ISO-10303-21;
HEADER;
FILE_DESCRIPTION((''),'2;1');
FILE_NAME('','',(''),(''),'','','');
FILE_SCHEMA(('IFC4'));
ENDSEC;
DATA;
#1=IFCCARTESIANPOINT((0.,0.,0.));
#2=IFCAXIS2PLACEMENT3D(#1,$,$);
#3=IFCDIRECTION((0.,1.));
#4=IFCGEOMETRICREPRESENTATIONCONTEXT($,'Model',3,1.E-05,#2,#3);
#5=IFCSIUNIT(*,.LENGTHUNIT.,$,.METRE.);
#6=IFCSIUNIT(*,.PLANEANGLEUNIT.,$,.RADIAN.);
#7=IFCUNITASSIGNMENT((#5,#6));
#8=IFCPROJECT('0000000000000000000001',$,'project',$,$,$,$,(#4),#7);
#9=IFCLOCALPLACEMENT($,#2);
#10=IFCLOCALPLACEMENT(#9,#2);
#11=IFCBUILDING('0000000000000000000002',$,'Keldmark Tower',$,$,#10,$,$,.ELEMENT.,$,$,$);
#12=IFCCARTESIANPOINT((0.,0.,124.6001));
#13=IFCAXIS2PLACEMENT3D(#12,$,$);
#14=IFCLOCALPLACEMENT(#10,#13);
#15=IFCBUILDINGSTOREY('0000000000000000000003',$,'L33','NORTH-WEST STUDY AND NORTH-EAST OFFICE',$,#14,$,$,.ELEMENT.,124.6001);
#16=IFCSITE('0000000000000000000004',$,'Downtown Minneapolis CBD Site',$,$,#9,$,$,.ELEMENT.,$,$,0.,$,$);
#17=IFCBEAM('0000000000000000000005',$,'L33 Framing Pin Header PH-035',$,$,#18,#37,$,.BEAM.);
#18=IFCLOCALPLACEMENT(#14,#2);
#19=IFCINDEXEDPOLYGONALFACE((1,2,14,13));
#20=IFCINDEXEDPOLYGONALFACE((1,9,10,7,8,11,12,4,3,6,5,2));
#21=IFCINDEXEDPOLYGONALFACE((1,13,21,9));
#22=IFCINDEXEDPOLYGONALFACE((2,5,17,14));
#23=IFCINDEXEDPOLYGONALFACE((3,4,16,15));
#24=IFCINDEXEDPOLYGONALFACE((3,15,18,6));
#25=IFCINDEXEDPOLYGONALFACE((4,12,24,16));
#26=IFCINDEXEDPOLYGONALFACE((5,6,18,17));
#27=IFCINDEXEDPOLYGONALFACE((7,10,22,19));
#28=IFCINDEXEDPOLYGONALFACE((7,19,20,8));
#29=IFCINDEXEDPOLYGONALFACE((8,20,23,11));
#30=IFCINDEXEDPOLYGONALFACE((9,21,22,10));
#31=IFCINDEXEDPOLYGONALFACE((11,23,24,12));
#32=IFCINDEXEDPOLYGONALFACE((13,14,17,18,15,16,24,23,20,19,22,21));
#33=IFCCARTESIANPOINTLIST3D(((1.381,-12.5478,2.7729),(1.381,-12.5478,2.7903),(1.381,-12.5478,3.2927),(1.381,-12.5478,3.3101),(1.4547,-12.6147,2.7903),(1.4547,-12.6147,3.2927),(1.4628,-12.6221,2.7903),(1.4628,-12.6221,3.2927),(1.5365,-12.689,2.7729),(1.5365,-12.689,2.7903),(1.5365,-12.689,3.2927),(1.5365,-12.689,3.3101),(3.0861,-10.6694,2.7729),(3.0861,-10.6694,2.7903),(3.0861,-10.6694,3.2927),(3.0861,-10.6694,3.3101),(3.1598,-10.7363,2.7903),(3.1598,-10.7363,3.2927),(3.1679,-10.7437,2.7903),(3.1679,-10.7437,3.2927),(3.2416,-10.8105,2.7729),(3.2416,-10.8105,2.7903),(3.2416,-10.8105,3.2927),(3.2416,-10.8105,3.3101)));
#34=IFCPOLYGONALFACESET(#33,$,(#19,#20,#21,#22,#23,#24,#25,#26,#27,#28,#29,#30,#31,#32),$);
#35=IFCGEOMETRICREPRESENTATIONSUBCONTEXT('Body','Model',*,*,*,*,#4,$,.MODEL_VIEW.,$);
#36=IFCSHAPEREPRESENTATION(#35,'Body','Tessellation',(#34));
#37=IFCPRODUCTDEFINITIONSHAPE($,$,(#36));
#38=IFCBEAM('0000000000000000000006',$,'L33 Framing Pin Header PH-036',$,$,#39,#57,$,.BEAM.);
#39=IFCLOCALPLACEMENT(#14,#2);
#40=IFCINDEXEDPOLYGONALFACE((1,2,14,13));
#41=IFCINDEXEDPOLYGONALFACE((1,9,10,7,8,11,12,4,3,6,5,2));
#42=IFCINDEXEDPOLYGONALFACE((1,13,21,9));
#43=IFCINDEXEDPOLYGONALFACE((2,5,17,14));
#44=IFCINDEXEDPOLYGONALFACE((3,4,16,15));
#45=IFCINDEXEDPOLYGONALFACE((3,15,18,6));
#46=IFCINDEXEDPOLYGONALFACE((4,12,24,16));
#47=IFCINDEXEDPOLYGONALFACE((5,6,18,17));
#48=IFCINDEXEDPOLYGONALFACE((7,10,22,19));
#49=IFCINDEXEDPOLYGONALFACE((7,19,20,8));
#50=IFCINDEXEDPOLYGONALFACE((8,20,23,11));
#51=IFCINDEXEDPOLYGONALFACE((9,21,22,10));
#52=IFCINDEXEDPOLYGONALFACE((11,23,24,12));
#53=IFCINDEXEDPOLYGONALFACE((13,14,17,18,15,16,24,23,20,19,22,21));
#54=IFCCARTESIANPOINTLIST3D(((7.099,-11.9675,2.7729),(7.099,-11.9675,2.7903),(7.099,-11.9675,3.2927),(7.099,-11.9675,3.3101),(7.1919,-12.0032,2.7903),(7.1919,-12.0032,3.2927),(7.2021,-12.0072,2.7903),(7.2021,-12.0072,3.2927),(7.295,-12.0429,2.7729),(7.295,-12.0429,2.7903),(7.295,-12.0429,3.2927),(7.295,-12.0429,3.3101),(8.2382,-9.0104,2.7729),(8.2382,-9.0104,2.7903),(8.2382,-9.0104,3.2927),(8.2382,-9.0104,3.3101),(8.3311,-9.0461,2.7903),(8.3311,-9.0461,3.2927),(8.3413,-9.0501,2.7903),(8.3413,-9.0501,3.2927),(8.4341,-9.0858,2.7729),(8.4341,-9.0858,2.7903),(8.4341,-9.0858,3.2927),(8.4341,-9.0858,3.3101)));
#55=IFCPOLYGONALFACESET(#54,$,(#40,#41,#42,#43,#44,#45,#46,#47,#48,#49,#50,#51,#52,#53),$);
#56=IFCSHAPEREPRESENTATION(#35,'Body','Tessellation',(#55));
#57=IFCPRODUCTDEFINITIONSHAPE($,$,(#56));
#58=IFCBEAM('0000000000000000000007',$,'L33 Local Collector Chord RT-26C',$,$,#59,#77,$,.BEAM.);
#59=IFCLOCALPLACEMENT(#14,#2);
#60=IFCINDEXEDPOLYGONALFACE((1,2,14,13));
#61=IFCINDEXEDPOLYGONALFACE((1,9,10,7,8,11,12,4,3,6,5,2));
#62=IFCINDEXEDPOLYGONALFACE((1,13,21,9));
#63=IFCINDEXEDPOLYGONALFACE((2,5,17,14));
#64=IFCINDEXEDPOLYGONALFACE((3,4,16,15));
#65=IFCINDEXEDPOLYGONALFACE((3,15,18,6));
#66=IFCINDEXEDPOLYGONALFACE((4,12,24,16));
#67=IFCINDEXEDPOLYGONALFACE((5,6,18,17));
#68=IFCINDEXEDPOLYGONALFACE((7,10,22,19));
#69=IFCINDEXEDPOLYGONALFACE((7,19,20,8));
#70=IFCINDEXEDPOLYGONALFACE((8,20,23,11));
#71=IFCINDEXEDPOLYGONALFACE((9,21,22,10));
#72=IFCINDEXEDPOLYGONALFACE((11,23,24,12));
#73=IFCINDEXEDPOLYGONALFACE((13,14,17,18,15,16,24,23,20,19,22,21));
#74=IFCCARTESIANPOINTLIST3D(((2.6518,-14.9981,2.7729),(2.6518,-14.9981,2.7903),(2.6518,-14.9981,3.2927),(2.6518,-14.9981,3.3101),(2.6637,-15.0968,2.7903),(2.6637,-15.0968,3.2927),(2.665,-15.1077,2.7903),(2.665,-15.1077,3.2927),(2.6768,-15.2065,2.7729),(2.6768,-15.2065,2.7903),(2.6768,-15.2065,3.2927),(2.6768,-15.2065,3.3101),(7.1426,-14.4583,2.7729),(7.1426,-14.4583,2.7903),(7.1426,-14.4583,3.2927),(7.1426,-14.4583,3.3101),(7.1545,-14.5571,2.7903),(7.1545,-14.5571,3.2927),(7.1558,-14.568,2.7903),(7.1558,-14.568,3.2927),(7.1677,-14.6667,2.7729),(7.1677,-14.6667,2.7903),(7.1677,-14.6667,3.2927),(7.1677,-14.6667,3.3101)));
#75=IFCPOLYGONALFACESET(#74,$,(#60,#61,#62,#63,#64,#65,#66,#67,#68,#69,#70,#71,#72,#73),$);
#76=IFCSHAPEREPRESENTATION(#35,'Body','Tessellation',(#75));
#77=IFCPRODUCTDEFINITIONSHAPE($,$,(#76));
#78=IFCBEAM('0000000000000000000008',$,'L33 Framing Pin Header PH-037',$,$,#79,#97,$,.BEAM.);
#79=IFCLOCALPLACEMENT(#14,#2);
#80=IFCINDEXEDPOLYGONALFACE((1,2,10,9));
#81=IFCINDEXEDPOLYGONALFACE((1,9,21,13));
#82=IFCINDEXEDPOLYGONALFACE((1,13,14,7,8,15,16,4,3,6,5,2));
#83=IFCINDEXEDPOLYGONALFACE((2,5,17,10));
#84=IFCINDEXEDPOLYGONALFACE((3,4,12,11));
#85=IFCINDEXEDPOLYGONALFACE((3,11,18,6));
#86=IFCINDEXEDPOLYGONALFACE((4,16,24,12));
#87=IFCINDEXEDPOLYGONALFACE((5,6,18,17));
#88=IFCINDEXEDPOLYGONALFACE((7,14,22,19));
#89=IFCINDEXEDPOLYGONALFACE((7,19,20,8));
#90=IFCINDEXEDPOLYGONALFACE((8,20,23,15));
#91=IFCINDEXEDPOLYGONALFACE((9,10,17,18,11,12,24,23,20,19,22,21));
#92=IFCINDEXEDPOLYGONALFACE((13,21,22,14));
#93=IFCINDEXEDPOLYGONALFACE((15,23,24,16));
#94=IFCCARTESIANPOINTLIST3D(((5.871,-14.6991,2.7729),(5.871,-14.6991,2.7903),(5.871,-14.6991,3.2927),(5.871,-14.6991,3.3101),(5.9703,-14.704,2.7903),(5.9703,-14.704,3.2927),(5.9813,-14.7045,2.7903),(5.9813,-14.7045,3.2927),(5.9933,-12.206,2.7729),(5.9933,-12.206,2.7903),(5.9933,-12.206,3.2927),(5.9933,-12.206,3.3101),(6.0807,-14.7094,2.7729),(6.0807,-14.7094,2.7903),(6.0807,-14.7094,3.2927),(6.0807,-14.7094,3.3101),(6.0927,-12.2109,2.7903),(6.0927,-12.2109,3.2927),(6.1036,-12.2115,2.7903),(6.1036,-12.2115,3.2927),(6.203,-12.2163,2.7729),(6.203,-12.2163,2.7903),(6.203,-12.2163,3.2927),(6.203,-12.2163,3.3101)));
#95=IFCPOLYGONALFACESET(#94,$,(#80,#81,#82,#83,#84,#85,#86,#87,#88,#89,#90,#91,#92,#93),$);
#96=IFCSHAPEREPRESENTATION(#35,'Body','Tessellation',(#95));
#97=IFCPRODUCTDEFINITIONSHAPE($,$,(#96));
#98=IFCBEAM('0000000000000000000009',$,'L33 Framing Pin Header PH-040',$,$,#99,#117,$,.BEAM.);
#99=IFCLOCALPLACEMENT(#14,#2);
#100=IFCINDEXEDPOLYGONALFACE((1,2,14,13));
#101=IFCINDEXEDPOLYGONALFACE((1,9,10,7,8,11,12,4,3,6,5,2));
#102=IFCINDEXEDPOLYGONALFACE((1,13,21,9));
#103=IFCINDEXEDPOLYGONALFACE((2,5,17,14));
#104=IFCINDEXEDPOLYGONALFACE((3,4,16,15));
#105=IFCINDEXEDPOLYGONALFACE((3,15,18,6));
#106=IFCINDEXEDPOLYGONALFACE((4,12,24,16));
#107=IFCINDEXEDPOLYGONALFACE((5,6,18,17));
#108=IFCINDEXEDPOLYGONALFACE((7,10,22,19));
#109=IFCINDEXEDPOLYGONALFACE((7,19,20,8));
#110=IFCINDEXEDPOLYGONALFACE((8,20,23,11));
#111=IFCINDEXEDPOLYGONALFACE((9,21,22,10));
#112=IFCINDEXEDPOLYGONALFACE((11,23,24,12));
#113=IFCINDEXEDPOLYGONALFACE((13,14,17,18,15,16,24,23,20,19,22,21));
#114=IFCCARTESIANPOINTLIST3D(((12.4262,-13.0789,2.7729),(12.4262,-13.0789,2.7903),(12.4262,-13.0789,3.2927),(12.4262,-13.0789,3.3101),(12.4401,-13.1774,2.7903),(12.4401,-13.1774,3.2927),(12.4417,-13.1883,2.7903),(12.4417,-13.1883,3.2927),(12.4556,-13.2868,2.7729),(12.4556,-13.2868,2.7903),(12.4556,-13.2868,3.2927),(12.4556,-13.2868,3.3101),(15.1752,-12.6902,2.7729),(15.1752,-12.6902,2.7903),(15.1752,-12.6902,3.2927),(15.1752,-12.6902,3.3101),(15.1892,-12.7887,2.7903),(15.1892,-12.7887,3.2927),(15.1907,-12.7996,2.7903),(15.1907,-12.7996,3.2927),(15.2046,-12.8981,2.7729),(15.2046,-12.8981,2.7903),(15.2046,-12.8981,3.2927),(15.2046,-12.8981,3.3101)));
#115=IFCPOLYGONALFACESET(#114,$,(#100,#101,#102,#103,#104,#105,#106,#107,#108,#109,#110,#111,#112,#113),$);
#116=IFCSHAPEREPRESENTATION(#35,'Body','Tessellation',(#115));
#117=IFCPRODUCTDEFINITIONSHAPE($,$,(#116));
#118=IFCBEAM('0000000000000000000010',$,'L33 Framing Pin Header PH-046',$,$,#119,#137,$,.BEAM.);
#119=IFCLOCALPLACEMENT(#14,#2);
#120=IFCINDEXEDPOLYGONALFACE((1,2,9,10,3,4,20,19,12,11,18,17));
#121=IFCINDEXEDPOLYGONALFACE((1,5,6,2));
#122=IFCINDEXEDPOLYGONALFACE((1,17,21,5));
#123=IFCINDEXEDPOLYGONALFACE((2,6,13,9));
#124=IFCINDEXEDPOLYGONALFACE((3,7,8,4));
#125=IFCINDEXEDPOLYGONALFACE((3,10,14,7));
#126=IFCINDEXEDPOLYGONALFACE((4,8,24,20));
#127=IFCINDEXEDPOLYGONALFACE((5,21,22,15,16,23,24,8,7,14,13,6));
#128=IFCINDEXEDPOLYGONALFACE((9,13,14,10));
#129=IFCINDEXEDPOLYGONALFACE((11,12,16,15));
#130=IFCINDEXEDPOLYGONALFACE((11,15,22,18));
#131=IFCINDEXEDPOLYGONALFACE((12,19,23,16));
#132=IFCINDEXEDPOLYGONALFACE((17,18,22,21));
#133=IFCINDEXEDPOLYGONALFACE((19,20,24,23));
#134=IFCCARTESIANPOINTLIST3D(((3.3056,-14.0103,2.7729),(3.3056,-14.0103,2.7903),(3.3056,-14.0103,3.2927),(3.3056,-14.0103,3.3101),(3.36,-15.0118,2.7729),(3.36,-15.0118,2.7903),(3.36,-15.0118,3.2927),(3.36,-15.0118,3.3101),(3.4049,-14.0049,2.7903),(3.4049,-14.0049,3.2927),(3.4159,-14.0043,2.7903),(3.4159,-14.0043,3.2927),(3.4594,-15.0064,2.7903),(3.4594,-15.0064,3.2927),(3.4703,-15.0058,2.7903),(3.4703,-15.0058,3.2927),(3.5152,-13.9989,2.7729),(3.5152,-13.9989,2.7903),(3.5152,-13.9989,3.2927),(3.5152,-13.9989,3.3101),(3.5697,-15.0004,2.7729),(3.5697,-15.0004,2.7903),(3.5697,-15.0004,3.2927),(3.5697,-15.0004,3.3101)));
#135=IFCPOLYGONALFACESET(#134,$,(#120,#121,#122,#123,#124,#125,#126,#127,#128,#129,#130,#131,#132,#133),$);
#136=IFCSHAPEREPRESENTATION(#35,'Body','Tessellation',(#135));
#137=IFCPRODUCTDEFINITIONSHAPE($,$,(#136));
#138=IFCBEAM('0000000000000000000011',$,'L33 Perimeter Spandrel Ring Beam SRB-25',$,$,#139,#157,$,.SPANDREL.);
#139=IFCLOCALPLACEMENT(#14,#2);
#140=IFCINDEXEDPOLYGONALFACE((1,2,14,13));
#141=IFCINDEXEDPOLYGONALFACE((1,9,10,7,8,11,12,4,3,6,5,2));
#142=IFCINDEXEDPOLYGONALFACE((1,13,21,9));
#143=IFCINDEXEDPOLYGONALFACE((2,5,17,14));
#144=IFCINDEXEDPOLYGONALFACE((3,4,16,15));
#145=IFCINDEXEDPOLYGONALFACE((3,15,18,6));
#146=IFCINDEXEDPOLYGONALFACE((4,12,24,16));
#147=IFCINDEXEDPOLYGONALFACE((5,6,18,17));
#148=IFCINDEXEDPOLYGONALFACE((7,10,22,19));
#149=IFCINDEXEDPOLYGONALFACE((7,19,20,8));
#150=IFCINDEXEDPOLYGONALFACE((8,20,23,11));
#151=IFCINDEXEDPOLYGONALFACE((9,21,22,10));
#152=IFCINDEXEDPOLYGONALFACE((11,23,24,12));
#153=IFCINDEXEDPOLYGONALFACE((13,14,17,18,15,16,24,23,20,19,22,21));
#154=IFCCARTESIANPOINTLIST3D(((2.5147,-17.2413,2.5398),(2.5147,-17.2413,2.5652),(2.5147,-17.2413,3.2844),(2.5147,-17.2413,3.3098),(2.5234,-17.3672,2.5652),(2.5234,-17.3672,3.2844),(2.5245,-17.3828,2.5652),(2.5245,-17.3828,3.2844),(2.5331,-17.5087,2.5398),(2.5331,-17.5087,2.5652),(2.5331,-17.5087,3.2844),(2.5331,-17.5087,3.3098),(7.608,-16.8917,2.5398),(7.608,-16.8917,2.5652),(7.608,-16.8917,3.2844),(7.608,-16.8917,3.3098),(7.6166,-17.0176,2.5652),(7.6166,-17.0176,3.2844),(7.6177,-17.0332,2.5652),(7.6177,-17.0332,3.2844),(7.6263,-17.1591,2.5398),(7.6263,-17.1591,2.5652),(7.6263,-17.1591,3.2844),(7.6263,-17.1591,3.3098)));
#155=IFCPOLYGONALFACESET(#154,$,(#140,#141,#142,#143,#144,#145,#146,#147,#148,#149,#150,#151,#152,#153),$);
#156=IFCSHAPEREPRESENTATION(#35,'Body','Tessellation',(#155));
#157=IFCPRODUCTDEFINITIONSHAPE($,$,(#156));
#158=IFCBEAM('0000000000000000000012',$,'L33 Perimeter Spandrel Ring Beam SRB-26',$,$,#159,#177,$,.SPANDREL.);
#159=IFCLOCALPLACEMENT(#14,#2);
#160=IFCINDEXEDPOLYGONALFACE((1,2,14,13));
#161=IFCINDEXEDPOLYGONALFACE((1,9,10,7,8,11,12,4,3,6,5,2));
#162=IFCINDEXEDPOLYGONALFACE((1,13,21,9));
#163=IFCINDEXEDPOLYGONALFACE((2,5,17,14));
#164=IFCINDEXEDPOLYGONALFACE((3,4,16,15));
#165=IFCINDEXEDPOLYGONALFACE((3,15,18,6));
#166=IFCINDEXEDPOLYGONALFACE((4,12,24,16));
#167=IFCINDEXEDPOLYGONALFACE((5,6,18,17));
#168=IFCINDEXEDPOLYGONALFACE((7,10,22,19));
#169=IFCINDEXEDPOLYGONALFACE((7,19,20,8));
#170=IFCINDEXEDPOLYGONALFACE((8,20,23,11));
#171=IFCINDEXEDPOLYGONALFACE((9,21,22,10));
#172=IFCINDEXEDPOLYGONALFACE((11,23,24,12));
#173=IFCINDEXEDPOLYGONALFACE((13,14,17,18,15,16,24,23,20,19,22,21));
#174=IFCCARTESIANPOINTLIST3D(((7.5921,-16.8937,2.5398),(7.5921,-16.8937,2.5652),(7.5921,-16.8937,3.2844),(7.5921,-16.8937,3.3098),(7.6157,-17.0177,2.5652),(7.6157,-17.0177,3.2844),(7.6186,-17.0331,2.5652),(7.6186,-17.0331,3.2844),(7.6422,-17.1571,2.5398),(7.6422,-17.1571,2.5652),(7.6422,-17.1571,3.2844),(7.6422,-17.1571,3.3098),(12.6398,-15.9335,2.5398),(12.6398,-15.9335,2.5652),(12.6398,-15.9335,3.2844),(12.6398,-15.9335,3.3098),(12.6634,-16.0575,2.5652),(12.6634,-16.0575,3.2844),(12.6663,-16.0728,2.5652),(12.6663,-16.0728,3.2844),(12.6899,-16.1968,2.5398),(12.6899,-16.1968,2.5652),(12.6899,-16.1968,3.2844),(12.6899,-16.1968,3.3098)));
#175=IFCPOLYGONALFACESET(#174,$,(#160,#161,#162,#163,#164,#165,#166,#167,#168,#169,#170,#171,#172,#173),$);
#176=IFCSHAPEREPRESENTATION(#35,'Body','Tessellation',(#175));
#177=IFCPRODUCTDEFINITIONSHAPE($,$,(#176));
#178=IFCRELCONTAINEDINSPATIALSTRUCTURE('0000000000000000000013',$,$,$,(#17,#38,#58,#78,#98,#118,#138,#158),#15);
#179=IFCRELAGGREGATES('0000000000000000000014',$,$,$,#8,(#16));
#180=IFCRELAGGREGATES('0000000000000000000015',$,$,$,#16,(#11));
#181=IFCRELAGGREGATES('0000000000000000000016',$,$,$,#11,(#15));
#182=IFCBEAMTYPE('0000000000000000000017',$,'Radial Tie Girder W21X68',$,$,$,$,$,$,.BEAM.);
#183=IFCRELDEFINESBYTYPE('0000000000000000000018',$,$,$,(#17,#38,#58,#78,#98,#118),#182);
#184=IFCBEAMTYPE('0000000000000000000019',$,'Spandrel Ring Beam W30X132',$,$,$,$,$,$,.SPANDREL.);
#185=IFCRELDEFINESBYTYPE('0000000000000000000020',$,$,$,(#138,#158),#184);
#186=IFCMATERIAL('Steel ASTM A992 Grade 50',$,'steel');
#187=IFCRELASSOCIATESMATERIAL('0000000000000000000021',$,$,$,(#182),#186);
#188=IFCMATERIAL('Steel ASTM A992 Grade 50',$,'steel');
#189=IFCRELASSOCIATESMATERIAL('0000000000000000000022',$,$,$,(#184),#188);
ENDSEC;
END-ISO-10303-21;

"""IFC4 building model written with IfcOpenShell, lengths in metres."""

from ifc_helpers import new_model, si_unit, direction, frame, origin, origin_2d, place, context, subcontext, project, spatial, i_section, extrude, material, material_profile, profile_set, type_object, element, save


model = new_model("IFC4")

# Units and contexts
model_context = context("Model", 3, precision=1e-05, world=origin(), true_north=direction((0.0, 1.0)))
body_context = subcontext(model_context, "Body", "Model", "MODEL_VIEW")
ifc_project = project(units=[si_unit("LENGTHUNIT", "METRE"), si_unit("PLANEANGLEUNIT", "RADIAN")], contexts=[model_context])

# Site, building, storey
site_placement = place(None, origin())
site = spatial("IfcSite", under=ifc_project, at=site_placement, Name="Downtown Minneapolis CBD Site", CompositionType="ELEMENT", RefElevation=0.0)
building_placement = place(site_placement, origin())
building = spatial("IfcBuilding", under=site, at=building_placement, Name="Keldmark Tower", CompositionType="ELEMENT")
storey_placement = place(building_placement, frame((0.0, 0.0, 124.6001)))
storey = spatial("IfcBuildingStorey", under=building, at=storey_placement, Name="L33", Description="NORTH-WEST STUDY AND NORTH-EAST OFFICE", CompositionType="ELEMENT", Elevation=124.6001)

# Beams
ifc_material_1 = material(Name="Steel ASTM A992 Grade 50", Category="steel")
ifc_material_profile_1 = material_profile(ifc_material_1, i_section(OverallWidth=0.21, OverallDepth=0.5371, WebThickness=0.011, FlangeThickness=0.0173, at=origin_2d()), Name="W21X68")
ifc_profile_set_1 = profile_set([ifc_material_profile_1], Name="Steel ASTM A992 Grade 50")
beam_type_1 = type_object("IfcBeamType", Name="Radial Tie Girder W21X68", PredefinedType="BEAM", material=ifc_profile_set_1)
beam_1_placement = place(storey_placement, frame((3.1638, -10.74, 3.0415), z_axis=(-0.672117, -0.740445, 0.0), x_axis=(0.740445, -0.672117, 0.0)))
element("IfcBeam", 1, at=beam_1_placement, inside=storey, type_object=beam_type_1, Name="L33 Framing Pin Header PH-035", PredefinedType="BEAM", context=body_context, shape_type="SweptSolid", body=[
    extrude(i_section(OverallWidth=0.21, OverallDepth=0.5371, WebThickness=0.011, FlangeThickness=0.0173, at=origin_2d()), origin(), (0.0, 0.0, 1.0), 2.5369),
])
beam_2_placement = place(storey_placement, frame((8.3362, -9.0481, 3.0415), z_axis=(-0.359485, -0.933151, 0.0), x_axis=(0.933151, -0.359485, 0.0)))
element("IfcBeam", 2, at=beam_2_placement, inside=storey, type_object=beam_type_1, Name="L33 Framing Pin Header PH-036", PredefinedType="BEAM", context=body_context, shape_type="SweptSolid", body=[
    extrude(i_section(OverallWidth=0.21, OverallDepth=0.5371, WebThickness=0.011, FlangeThickness=0.0173, at=origin_2d()), origin(), (0.0, 0.0, 1.0), 3.1689),
])
beam_3_placement = place(storey_placement, frame((2.6643, -15.1023, 3.0415), z_axis=(0.992854, 0.119337, 0.0), x_axis=(-0.119337, 0.992854, 0.0)))
element("IfcBeam", 3, at=beam_3_placement, inside=storey, type_object=beam_type_1, Name="L33 Local Collector Chord RT-26C", PredefinedType="BEAM", context=body_context, shape_type="SweptSolid", body=[
    extrude(i_section(OverallWidth=0.21, OverallDepth=0.5371, WebThickness=0.011, FlangeThickness=0.0173, at=origin_2d()), origin(), (0.0, 0.0, 1.0), 4.5232),
])
beam_4_placement = place(storey_placement, frame((6.0981, -12.2112, 3.0415), z_axis=(-0.049001, -0.998799, 0.0), x_axis=(0.998799, -0.049001, 0.0)))
element("IfcBeam", 4, at=beam_4_placement, inside=storey, type_object=beam_type_1, Name="L33 Framing Pin Header PH-037", PredefinedType="BEAM", context=body_context, shape_type="SweptSolid", body=[
    extrude(i_section(OverallWidth=0.21, OverallDepth=0.5371, WebThickness=0.011, FlangeThickness=0.0173, at=origin_2d()), origin(), (0.0, 0.0, 1.0), 2.4961),
])
beam_5_placement = place(storey_placement, frame((12.4409, -13.1829, 3.0415), z_axis=(0.990152, 0.139993, 0.0), x_axis=(-0.139993, 0.990152, 0.0)))
element("IfcBeam", 5, at=beam_5_placement, inside=storey, type_object=beam_type_1, Name="L33 Framing Pin Header PH-040", PredefinedType="BEAM", context=body_context, shape_type="SweptSolid", body=[
    extrude(i_section(OverallWidth=0.21, OverallDepth=0.5371, WebThickness=0.011, FlangeThickness=0.0173, at=origin_2d()), origin(), (0.0, 0.0, 1.0), 2.7764),
])
beam_6_placement = place(storey_placement, frame((3.4104, -14.0046, 3.0415), z_axis=(0.054284, -0.998526, 0.0), x_axis=(0.998526, 0.054284, 0.0)))
element("IfcBeam", 6, at=beam_6_placement, inside=storey, type_object=beam_type_1, Name="L33 Framing Pin Header PH-046", PredefinedType="BEAM", context=body_context, shape_type="SweptSolid", body=[
    extrude(i_section(OverallWidth=0.21, OverallDepth=0.5371, WebThickness=0.011, FlangeThickness=0.0173, at=origin_2d()), origin(), (0.0, 0.0, 1.0), 1.0029),
])
ifc_material_2 = material(Name="Steel ASTM A992 Grade 50", Category="steel")
ifc_material_profile_2 = material_profile(ifc_material_2, i_section(OverallWidth=0.2681, OverallDepth=0.77, WebThickness=0.0156, FlangeThickness=0.0254, at=origin_2d()), Name="W30X132")
ifc_profile_set_2 = profile_set([ifc_material_profile_2], Name="Steel ASTM A992 Grade 50")
beam_type_2 = type_object("IfcBeamType", Name="Spandrel Ring Beam W30X132", PredefinedType="SPANDREL", material=ifc_profile_set_2)
beam_7_placement = place(storey_placement, frame((2.5239, -17.375, 2.9248), z_axis=(0.997652, 0.06848, 0.0), x_axis=(-0.06848, 0.997652, 0.0)))
element("IfcBeam", 7, at=beam_7_placement, inside=storey, type_object=beam_type_2, Name="L33 Perimeter Spandrel Ring Beam SRB-25", PredefinedType="SPANDREL", context=body_context, shape_type="SweptSolid", body=[
    extrude(i_section(OverallWidth=0.2681, OverallDepth=0.77, WebThickness=0.0156, FlangeThickness=0.0254, at=origin_2d()), origin(), (0.0, 0.0, 1.0), 5.1052),
])
beam_8_placement = place(storey_placement, frame((7.6172, -17.0254, 2.9248), z_axis=(0.982383, 0.186878, 0.0), x_axis=(-0.186878, 0.982383, 0.0)))
element("IfcBeam", 8, at=beam_8_placement, inside=storey, type_object=beam_type_2, Name="L33 Perimeter Spandrel Ring Beam SRB-26", PredefinedType="SPANDREL", context=body_context, shape_type="SweptSolid", body=[
    extrude(i_section(OverallWidth=0.2681, OverallDepth=0.77, WebThickness=0.0156, FlangeThickness=0.0254, at=origin_2d()), origin(), (0.0, 0.0, 1.0), 5.1382),
])

save(model, "model.ifc")
